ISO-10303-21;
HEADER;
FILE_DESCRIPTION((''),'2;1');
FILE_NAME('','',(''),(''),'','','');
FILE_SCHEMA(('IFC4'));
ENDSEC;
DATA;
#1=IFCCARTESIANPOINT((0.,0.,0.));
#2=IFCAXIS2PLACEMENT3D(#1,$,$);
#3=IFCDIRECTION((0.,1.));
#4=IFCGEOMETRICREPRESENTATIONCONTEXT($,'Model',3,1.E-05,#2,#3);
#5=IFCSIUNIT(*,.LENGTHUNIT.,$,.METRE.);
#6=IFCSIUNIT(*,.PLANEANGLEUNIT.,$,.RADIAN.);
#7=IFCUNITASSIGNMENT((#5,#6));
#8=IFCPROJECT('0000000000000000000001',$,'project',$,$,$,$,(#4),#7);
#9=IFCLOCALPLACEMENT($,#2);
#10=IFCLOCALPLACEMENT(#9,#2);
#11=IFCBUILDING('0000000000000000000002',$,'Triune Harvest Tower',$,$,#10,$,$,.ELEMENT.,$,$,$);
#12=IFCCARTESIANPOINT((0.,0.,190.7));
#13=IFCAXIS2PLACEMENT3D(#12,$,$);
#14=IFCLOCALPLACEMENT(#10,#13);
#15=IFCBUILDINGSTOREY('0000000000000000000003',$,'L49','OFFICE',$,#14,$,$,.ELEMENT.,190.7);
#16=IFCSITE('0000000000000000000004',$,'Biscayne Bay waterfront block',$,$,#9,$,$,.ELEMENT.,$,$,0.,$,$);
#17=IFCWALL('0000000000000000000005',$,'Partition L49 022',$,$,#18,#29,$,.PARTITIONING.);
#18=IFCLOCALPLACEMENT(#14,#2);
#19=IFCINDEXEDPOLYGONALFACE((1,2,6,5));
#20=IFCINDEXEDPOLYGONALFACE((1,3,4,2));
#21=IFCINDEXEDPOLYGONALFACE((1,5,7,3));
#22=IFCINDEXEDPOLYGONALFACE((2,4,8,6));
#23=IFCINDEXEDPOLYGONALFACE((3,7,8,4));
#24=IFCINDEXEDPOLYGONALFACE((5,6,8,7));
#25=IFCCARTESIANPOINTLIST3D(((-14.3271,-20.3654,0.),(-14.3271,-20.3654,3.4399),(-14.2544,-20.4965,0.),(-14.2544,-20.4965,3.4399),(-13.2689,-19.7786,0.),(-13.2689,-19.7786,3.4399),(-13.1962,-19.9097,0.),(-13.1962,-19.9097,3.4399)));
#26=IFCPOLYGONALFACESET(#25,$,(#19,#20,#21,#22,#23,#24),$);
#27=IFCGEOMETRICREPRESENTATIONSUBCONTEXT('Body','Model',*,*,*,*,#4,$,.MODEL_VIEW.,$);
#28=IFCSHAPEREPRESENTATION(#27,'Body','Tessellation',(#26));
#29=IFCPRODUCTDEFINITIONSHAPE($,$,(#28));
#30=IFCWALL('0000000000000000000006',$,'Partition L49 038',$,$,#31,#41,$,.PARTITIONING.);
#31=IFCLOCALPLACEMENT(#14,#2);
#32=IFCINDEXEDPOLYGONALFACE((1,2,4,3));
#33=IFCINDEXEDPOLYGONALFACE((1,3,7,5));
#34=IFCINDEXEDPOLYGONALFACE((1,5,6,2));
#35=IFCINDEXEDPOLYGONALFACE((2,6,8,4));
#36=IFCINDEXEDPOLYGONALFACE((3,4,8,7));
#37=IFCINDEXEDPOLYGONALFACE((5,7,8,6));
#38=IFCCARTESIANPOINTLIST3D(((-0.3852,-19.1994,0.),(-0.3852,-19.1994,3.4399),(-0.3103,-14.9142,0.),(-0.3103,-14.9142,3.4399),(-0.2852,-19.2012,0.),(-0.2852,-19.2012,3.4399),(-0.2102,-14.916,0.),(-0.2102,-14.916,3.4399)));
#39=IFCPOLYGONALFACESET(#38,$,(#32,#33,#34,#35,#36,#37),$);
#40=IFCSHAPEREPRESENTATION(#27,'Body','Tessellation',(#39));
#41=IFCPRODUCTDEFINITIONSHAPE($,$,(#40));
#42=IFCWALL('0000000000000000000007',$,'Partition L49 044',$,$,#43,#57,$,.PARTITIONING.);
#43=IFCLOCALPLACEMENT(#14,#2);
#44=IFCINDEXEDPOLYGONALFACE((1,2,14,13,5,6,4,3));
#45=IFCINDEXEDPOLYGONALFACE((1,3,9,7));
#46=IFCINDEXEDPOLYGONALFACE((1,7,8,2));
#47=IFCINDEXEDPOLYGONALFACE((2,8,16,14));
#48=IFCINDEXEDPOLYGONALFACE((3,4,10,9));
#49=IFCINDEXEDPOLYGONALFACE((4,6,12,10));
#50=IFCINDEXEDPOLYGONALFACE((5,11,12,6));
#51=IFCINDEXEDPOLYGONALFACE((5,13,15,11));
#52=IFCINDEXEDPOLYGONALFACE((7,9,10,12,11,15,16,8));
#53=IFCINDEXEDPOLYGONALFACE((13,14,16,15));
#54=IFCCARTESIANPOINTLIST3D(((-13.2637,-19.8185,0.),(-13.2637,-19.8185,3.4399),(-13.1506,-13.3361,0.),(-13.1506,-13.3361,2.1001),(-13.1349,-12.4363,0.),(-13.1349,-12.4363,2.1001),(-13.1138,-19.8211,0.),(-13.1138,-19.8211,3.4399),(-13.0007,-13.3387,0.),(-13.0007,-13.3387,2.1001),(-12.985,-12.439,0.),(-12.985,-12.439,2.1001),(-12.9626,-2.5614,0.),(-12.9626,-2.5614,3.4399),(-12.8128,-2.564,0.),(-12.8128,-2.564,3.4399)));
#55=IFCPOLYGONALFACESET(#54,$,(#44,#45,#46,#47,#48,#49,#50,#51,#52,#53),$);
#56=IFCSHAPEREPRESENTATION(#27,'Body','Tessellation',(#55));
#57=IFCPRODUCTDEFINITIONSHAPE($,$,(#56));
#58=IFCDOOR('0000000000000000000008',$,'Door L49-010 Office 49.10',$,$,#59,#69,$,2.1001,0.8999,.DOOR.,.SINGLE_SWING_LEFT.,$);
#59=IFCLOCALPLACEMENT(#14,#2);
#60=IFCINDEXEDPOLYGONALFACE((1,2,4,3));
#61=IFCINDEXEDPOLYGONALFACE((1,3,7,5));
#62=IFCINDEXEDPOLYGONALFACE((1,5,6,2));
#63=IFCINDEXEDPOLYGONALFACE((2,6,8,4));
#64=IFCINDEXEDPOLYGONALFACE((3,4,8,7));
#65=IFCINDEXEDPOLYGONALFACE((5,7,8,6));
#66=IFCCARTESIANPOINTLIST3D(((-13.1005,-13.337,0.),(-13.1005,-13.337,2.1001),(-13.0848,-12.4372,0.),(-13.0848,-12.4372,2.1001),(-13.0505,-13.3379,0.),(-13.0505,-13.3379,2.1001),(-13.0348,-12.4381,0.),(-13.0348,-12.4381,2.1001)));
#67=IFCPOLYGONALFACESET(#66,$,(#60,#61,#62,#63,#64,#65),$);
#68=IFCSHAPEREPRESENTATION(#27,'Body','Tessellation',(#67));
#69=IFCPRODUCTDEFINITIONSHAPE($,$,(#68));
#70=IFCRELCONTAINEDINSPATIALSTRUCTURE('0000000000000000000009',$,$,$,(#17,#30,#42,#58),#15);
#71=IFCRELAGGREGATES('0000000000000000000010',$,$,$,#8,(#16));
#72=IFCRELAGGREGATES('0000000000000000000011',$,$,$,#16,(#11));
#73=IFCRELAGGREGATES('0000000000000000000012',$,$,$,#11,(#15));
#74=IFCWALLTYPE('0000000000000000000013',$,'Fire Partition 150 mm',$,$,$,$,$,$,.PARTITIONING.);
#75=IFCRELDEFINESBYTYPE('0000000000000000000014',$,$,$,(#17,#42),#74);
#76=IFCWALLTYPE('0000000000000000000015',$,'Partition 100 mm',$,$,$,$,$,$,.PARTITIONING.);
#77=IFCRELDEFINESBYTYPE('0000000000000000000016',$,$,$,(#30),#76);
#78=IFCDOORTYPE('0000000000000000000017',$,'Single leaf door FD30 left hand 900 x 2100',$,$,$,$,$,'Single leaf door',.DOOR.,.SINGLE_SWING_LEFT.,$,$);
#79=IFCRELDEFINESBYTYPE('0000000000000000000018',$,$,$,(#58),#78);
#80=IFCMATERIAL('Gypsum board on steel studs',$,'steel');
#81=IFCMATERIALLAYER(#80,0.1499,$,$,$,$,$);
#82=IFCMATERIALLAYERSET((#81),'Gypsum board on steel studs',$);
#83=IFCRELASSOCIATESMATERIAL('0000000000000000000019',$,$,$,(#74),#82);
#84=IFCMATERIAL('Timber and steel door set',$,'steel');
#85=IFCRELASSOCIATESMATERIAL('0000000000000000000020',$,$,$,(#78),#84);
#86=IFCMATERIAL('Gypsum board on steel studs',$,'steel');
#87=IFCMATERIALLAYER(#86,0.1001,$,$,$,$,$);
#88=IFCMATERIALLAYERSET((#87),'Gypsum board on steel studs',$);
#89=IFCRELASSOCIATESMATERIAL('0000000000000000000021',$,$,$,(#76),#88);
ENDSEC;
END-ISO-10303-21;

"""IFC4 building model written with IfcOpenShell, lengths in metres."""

from ifc_helpers import new_model, si_unit, direction, frame, frame_2d, origin, place, context, subcontext, project, spatial, rectangle, extrude, source, transform, mapped, material, layer, layer_set, type_object, element, fill, save


model = new_model("IFC4")

# Units and contexts
model_context = context("Model", 3, precision=1e-05, world=origin(), true_north=direction((0.0, 1.0)))
body_context = subcontext(model_context, "Body", "Model", "MODEL_VIEW")
ifc_project = project(units=[si_unit("LENGTHUNIT", "METRE"), si_unit("PLANEANGLEUNIT", "RADIAN")], contexts=[model_context])

# Site, building, storey
site_placement = place(None, origin())
site = spatial("IfcSite", under=ifc_project, at=site_placement, Name="Biscayne Bay waterfront block", CompositionType="ELEMENT", RefElevation=0.0)
building_placement = place(site_placement, origin())
building = spatial("IfcBuilding", under=site, at=building_placement, Name="Triune Harvest Tower", CompositionType="ELEMENT")
storey_placement = place(building_placement, frame((0.0, 0.0, 190.7)))
storey = spatial("IfcBuildingStorey", under=building, at=storey_placement, Name="L49", Description="OFFICE", CompositionType="ELEMENT", Elevation=190.7)

# Shared definitions
ifc_material_1 = material(Name="Gypsum board on steel studs", Category="steel")
ifc_layer_1 = layer(ifc_material_1, 0.1499)
ifc_layer_set_1 = layer_set([ifc_layer_1], Name="Gypsum board on steel studs")
wall_type_1 = type_object("IfcWallType", Name="Fire Partition 150 mm", PredefinedType="PARTITIONING", material=ifc_layer_set_1)
ifc_material_2 = material(Name="Timber and steel door set", Category="steel")
door_type_1 = type_object("IfcDoorType", Name="Single leaf door FD30 left hand 900 x 2100", ElementType="Single leaf door", OperationType="SINGLE_SWING_LEFT", PredefinedType="DOOR", material=ifc_material_2)

# Walls
ifc_material_3 = material(Name="Gypsum board on steel studs", Category="steel")
ifc_layer_2 = layer(ifc_material_3, 0.1001)
ifc_layer_set_2 = layer_set([ifc_layer_2], Name="Gypsum board on steel studs")
wall_type_2 = type_object("IfcWallType", Name="Partition 100 mm", PredefinedType="PARTITIONING", material=ifc_layer_set_2)
shared_shape_1 = source(origin(), body_context, "Body", "SweptSolid", [
    extrude(rectangle(XDim=1.21, YDim=0.1499, at=frame_2d((0.605, 0.0))), origin(), (0.0, 0.0, 1.0), 3.4399),
])
wall_1_placement = place(storey_placement, frame((-14.2908, -20.4309, 0.0), z_axis=(0.0, 0.0, 1.0), x_axis=(0.874566, 0.484906, 0.0)))
element("IfcWall", 1, at=wall_1_placement, inside=storey, type_object=wall_type_1, Name="Partition L49 022", PredefinedType="PARTITIONING", context=body_context, shape_type="MappedRepresentation", body=[
    mapped(shared_shape_1, transform((0.0, 0.0, 0.0), scale=1.0)),
])
shared_shape_2 = source(origin(), body_context, "Body", "SweptSolid", [
    extrude(rectangle(XDim=4.2859, YDim=0.1001, at=frame_2d((2.1431, 0.0))), origin(), (0.0, 0.0, 1.0), 3.4399),
])
wall_2_placement = place(storey_placement, frame((-0.3352, -19.2004, 0.0), z_axis=(0.0, 0.0, 1.0), x_axis=(0.017488, 0.999847, 0.0)))
element("IfcWall", 2, at=wall_2_placement, inside=storey, type_object=wall_type_2, Name="Partition L49 038", PredefinedType="PARTITIONING", context=body_context, shape_type="MappedRepresentation", body=[
    mapped(shared_shape_2, transform((0.0, 0.0, 0.0), scale=1.0)),
])

# Wall, opening, door
shared_shape_3 = source(origin(), body_context, "Body", "SweptSolid", [
    extrude(rectangle(XDim=17.2598, YDim=0.1499, at=frame_2d((8.6299, 0.0))), origin(), (0.0, 0.0, 1.0), 3.4399),
])
wall_3_placement = place(storey_placement, frame((-13.1887, -19.8198, 0.0), z_axis=(0.0, 0.0, 1.0), x_axis=(0.017441, 0.999848, 0.0)))
wall_3 = element("IfcWall", 3, at=wall_3_placement, inside=storey, type_object=wall_type_1, Name="Partition L49 044", PredefinedType="PARTITIONING", context=body_context, shape_type="MappedRepresentation", body=[
    mapped(shared_shape_3, transform((0.0, 0.0, 0.0), scale=1.0)),
])
opening_1_placement = place(wall_3_placement, frame((6.4834, 0.0, 0.0)))
opening_1 = element("IfcOpeningElement", 4, at=opening_1_placement, cuts=wall_3, PredefinedType="OPENING", context=body_context, shape_type="SweptSolid", body=[
    extrude(rectangle(XDim=0.8999, YDim=2.1001, at=frame_2d((0.45, 1.05))), frame((0.0, 0.085, 0.0), z_axis=(0.0, -1.0, 0.0), x_axis=(1.0, 0.0, 0.0)), (0.0, 0.0, 1.0), 0.1699),
])
door_1_placement = place(opening_1_placement, origin())
door_1 = element("IfcDoor", 5, at=door_1_placement, inside=storey, type_object=door_type_1, Name="Door L49-010 Office 49.10", OperationType="SINGLE_SWING_LEFT", OverallHeight=2.1001, OverallWidth=0.8999, PredefinedType="DOOR", context=body_context, shape_type="SweptSolid", body=[
    extrude(rectangle(XDim=0.8999, YDim=2.1001, at=frame_2d((0.45, 1.05))), frame((0.0, 0.0249, 0.0), z_axis=(0.0, -1.0, 0.0), x_axis=(1.0, 0.0, 0.0)), (0.0, 0.0, 1.0), 0.05),
])
fill(opening_1, door_1)

save(model, "model.ifc")
